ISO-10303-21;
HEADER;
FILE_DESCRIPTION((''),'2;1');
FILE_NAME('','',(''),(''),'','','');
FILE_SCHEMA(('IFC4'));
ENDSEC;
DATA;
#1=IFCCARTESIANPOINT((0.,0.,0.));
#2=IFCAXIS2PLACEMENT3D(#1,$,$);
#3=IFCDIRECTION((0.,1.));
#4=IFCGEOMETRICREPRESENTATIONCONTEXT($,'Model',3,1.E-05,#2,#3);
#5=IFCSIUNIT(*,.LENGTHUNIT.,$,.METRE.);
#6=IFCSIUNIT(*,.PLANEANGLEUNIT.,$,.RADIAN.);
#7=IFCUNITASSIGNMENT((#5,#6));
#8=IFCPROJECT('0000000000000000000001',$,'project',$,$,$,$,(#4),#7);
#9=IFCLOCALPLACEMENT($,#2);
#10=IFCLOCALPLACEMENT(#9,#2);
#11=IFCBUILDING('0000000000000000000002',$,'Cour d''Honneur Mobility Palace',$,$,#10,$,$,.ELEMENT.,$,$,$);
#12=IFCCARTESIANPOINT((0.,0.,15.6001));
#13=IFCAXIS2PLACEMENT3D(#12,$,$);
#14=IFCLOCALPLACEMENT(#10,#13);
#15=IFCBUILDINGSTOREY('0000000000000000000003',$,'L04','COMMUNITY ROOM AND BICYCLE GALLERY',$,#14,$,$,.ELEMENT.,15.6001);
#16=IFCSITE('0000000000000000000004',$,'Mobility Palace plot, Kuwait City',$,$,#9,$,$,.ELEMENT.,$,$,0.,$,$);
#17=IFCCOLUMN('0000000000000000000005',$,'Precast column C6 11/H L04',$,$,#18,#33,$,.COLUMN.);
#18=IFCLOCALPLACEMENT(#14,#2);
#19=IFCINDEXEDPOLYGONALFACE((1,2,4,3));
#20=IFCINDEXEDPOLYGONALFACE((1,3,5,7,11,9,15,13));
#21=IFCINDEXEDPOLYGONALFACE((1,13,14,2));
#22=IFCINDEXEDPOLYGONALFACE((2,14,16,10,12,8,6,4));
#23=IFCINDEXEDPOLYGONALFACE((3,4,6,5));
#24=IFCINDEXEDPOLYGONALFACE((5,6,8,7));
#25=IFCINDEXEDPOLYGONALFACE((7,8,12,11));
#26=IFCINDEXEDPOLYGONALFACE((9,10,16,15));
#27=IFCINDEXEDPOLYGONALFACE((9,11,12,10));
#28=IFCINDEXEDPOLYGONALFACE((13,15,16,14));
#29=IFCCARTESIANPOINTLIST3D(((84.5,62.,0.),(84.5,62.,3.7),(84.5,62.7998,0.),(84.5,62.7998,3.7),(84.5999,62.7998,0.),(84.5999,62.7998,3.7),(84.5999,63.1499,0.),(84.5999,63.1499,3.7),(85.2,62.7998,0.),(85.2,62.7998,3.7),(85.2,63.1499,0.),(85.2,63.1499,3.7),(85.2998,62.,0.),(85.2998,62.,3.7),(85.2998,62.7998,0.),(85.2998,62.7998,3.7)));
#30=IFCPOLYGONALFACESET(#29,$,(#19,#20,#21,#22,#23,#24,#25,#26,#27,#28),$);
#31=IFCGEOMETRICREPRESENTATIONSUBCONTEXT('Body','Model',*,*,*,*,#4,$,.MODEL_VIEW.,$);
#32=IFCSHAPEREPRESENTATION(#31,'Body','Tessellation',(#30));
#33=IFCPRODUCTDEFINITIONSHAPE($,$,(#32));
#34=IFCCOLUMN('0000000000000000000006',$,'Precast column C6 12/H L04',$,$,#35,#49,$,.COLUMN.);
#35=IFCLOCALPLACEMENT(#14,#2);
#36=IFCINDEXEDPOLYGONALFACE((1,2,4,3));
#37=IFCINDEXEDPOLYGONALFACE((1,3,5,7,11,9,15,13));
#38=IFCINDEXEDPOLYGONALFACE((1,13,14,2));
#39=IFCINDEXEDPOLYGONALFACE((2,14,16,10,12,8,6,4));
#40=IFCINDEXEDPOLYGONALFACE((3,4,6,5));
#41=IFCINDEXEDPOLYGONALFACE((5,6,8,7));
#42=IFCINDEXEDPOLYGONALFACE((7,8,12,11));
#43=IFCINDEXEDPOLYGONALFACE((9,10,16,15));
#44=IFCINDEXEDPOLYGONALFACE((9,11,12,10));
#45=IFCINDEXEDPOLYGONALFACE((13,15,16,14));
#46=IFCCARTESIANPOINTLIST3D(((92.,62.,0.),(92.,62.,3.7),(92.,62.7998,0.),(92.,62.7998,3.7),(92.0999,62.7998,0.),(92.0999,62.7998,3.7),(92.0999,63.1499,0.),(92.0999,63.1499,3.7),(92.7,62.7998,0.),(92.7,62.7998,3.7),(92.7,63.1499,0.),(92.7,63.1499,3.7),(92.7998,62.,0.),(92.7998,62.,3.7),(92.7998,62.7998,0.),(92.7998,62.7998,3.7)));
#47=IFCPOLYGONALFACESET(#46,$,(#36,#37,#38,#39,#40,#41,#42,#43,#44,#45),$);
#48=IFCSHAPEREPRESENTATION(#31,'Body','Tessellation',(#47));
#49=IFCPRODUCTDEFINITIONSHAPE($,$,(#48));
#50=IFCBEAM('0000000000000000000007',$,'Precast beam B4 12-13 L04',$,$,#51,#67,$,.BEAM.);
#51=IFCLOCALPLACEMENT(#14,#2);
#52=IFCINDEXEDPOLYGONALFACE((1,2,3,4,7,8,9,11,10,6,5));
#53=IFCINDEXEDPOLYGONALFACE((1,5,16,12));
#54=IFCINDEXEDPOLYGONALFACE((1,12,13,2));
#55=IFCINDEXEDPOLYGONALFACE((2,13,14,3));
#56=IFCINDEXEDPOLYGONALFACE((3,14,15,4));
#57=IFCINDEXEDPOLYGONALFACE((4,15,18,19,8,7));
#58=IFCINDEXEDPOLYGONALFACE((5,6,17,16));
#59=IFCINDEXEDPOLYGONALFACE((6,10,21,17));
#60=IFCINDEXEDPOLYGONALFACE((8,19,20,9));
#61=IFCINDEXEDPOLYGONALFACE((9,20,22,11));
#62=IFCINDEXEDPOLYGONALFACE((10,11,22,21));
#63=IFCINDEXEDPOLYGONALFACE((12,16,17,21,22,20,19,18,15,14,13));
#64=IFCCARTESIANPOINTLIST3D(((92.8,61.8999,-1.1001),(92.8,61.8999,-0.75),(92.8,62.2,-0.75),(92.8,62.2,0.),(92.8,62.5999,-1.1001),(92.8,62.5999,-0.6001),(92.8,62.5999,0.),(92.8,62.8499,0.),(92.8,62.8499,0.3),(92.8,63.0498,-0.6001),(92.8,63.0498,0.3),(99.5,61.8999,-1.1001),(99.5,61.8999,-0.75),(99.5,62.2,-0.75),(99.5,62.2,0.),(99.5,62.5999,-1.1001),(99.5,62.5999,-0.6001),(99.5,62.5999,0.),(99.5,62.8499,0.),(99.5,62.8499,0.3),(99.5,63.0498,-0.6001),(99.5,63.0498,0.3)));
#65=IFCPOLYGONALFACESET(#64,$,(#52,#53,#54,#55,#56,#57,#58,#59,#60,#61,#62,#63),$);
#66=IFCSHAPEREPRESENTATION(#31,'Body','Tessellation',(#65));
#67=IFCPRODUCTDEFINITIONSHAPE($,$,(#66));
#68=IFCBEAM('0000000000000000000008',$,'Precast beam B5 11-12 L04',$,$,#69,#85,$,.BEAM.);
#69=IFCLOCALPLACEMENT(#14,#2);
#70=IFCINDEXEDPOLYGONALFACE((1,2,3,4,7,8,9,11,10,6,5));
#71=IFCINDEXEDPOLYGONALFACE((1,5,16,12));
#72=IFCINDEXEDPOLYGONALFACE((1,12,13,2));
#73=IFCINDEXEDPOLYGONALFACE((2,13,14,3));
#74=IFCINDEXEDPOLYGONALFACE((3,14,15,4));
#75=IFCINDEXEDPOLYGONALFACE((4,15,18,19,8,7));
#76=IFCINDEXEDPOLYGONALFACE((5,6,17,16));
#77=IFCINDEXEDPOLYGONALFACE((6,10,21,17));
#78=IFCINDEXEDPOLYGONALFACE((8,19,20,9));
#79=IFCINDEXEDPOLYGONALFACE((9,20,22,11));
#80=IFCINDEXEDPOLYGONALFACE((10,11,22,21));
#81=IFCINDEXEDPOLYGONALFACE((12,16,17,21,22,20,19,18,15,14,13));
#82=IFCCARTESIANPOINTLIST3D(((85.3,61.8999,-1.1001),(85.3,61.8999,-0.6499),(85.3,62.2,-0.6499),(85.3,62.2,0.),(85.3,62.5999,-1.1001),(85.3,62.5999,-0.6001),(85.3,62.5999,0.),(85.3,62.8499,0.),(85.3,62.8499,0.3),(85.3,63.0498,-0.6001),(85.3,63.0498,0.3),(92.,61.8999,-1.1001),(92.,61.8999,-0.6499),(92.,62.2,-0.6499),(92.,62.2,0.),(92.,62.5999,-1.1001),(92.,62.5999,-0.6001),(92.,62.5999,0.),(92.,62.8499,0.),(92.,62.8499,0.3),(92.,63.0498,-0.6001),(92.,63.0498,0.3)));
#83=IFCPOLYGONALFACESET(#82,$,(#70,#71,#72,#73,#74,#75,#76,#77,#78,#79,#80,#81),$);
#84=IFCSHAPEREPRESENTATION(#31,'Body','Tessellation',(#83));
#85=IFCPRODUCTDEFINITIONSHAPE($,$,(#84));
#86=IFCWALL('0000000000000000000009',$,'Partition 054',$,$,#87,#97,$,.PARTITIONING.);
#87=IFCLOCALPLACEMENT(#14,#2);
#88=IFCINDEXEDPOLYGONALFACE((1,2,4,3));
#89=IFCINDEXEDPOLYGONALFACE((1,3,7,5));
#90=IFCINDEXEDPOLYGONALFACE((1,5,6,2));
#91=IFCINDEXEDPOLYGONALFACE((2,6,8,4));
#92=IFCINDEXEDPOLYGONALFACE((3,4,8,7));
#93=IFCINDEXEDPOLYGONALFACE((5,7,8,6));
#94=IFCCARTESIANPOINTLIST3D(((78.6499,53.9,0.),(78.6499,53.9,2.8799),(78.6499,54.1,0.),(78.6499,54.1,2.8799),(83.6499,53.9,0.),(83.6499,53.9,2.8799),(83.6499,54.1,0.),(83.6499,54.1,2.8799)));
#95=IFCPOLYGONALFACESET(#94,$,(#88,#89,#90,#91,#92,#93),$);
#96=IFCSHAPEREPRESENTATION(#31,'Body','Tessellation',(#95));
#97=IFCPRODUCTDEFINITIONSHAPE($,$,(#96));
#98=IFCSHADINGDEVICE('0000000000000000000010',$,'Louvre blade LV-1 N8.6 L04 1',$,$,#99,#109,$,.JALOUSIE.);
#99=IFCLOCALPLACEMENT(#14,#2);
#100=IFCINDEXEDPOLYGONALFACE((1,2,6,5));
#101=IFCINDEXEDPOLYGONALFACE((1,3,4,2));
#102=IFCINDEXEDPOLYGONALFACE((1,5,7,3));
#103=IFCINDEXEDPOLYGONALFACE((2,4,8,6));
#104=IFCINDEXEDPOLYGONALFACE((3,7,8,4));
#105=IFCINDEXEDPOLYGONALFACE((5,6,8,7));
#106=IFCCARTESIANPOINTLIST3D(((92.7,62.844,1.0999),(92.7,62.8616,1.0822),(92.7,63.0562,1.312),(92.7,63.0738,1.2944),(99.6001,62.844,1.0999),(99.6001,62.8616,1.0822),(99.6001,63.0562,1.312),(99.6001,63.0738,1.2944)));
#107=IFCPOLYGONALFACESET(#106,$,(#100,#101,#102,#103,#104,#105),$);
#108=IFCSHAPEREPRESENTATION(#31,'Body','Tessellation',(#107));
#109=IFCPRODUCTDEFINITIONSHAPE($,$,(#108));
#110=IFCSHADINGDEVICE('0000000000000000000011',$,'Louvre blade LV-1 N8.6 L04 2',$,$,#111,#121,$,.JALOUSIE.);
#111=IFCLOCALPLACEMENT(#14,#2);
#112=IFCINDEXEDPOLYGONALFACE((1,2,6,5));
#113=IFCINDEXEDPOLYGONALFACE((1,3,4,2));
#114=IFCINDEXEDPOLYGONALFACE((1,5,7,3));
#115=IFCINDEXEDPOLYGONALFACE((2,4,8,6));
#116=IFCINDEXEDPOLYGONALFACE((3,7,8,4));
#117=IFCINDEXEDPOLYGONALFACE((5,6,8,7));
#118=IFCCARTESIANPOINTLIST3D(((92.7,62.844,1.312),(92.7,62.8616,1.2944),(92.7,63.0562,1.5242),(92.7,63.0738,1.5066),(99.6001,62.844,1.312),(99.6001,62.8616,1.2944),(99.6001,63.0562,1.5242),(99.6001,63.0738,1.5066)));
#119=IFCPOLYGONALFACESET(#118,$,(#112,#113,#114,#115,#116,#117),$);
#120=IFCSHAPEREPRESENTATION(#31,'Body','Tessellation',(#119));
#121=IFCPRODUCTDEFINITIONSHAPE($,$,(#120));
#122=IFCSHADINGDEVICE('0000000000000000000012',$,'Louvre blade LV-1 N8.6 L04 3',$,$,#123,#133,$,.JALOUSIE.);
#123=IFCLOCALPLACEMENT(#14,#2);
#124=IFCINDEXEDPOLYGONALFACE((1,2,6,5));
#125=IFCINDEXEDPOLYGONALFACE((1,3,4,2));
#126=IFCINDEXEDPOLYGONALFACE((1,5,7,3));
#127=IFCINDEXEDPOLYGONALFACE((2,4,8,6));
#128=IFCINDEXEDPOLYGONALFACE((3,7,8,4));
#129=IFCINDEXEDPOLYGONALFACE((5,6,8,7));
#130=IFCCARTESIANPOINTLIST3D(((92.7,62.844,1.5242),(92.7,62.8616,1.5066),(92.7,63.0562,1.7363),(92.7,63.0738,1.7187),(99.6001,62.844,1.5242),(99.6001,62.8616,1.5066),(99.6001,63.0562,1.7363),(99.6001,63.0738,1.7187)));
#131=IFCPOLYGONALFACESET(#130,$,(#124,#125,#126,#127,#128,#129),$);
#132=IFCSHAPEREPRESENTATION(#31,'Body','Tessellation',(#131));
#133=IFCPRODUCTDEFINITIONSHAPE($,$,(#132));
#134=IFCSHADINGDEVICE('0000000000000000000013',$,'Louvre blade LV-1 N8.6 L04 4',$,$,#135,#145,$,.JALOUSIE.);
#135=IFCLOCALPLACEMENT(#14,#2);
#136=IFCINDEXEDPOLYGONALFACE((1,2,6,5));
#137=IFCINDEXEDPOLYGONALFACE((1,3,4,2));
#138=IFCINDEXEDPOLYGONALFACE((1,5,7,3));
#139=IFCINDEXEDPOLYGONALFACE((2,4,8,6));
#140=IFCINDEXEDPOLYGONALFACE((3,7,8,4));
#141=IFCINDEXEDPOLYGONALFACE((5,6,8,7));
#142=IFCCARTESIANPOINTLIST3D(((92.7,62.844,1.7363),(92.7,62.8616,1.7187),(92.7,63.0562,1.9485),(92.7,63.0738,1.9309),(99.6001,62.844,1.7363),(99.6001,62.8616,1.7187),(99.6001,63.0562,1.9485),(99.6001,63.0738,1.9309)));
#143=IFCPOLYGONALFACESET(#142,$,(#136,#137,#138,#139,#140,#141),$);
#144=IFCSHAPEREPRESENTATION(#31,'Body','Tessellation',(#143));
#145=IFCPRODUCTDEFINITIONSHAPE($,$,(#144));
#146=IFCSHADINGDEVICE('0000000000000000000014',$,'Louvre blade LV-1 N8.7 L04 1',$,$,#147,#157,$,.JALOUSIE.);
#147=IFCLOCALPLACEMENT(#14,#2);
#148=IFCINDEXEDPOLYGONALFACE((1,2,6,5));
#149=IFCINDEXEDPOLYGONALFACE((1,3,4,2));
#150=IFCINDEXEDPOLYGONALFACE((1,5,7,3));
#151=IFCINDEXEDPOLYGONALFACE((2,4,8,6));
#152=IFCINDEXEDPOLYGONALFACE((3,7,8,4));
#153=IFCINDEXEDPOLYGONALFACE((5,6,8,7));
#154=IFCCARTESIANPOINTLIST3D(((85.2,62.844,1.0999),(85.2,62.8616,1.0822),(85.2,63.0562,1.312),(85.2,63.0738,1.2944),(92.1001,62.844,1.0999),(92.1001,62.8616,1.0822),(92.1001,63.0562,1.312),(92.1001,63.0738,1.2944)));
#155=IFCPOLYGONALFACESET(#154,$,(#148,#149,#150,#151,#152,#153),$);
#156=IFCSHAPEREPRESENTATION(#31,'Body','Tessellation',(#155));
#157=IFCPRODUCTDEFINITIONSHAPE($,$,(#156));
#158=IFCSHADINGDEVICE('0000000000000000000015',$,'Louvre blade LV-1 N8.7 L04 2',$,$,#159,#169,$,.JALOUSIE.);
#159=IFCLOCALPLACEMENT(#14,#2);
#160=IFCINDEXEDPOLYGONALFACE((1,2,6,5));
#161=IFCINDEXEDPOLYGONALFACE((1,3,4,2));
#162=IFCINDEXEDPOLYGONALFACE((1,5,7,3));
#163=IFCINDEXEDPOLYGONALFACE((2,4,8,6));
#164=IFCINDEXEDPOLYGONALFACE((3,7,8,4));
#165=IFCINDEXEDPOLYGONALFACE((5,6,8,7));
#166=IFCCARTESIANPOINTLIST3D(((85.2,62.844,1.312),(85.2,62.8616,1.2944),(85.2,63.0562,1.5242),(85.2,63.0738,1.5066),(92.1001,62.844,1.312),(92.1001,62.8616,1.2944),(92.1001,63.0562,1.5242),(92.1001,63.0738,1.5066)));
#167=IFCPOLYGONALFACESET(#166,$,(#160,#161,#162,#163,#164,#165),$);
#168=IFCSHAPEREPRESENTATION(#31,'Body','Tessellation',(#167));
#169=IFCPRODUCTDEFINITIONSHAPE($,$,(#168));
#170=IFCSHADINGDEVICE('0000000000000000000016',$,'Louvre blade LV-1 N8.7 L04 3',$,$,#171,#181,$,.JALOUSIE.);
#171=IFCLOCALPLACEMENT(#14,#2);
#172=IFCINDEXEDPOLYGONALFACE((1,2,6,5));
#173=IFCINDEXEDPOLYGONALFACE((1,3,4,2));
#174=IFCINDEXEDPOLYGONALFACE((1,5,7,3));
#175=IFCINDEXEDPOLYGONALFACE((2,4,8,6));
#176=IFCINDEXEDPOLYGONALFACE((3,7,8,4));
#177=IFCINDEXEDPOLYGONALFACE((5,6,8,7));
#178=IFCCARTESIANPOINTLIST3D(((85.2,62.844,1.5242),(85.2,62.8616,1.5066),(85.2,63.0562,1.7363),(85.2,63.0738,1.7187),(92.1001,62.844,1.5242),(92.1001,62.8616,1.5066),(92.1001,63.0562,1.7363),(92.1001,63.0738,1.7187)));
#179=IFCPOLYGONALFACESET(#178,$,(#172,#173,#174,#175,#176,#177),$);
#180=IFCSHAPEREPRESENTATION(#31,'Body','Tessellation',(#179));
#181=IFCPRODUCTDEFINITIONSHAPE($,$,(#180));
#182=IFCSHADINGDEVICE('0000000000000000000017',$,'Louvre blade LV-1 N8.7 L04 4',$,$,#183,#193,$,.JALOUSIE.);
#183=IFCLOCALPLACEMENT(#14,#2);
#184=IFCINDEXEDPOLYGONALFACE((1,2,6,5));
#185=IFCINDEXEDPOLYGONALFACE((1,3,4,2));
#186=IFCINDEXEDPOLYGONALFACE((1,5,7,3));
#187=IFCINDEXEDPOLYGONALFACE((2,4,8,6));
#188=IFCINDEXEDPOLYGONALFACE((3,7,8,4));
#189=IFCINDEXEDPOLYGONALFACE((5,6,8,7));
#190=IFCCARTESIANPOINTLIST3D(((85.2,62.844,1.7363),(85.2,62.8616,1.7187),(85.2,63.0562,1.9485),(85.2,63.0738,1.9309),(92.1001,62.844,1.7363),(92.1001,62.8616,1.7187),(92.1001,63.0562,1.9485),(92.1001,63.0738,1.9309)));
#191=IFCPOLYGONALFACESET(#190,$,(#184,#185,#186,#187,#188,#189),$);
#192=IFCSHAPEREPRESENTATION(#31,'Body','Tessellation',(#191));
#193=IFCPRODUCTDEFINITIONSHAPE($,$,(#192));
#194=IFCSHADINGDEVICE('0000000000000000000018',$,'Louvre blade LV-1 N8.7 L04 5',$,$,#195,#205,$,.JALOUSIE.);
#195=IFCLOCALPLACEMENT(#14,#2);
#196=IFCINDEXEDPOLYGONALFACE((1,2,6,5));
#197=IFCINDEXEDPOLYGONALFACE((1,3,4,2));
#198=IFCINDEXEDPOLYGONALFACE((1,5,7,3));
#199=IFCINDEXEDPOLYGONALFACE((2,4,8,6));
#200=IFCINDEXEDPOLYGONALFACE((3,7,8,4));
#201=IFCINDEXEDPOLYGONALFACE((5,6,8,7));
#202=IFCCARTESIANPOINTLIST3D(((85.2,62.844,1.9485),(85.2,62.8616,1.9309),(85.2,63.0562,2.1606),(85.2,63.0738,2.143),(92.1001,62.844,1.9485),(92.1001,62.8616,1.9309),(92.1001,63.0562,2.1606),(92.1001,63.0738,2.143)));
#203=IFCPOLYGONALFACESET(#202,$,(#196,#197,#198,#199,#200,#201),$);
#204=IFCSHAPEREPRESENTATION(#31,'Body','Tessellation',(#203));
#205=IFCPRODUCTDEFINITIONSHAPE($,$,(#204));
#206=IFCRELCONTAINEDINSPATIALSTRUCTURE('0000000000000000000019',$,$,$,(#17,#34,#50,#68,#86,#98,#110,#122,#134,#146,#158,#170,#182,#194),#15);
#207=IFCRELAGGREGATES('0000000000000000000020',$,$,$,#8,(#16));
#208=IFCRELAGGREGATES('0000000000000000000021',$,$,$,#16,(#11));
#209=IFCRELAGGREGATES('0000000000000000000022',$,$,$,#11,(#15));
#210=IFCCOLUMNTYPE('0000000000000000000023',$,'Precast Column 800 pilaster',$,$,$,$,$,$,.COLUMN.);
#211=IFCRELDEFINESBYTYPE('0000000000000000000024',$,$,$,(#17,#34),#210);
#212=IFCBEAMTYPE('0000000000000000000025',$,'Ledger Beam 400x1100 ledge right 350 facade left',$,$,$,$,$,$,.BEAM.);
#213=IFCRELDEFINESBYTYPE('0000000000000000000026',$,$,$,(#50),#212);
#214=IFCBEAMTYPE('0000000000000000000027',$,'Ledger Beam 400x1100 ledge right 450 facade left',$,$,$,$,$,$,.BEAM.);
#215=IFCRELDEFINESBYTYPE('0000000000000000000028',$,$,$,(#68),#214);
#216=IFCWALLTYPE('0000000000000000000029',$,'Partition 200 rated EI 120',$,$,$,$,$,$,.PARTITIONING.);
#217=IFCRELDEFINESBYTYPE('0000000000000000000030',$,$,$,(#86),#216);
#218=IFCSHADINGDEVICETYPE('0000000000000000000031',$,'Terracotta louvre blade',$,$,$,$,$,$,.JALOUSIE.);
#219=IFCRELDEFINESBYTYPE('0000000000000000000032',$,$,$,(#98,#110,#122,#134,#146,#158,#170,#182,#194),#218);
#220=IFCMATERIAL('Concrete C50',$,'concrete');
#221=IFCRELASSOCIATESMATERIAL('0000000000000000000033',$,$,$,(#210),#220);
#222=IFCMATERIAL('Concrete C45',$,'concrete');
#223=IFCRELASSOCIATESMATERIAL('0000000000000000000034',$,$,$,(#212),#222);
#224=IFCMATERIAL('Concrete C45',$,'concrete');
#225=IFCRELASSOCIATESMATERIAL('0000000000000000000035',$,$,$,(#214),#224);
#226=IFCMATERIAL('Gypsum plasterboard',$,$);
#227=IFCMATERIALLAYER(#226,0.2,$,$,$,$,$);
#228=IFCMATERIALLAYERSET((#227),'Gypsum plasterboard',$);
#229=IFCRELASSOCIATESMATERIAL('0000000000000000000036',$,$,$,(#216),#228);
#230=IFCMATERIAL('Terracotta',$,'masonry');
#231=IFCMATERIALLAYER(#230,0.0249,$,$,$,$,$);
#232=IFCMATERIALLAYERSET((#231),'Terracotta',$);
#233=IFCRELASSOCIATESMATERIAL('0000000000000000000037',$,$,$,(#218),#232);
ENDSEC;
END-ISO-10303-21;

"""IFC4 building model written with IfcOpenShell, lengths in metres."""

from ifc_helpers import new_model, si_unit, direction, frame, frame_2d, origin, place, context, subcontext, project, spatial, polyline, rectangle, outline, extrude, material, layer, layer_set, material_profile, profile_set, type_object, element, save


model = new_model("IFC4")

# Units and contexts
model_context = context("Model", 3, precision=1e-05, world=origin(), true_north=direction((0.0, 1.0)))
body_context = subcontext(model_context, "Body", "Model", "MODEL_VIEW")
ifc_project = project(units=[si_unit("LENGTHUNIT", "METRE"), si_unit("PLANEANGLEUNIT", "RADIAN")], contexts=[model_context])

# Site, building, storey
site_placement = place(None, origin())
site = spatial("IfcSite", under=ifc_project, at=site_placement, Name="Mobility Palace plot, Kuwait City", CompositionType="ELEMENT", RefElevation=0.0)
building_placement = place(site_placement, origin())
building = spatial("IfcBuilding", under=site, at=building_placement, Name="Cour d'Honneur Mobility Palace", CompositionType="ELEMENT")
storey_placement = place(building_placement, frame((0.0, 0.0, 15.6001)))
storey = spatial("IfcBuildingStorey", under=building, at=storey_placement, Name="L04", Description="COMMUNITY ROOM AND BICYCLE GALLERY", CompositionType="ELEMENT", Elevation=15.6001)

# Columns
ifc_material_1 = material(Name="Concrete C50", Category="concrete")
ifc_material_profile_1 = material_profile(ifc_material_1, outline(polyline([(-0.3999, -0.3999), (0.3999, -0.3999), (0.3999, -0.3), (0.75, -0.3), (0.75, 0.3), (0.3999, 0.3), (0.3999, 0.3999), (-0.3999, 0.3999), (-0.3999, -0.3999)])), Name="PC C800 pilaster")
ifc_profile_set_1 = profile_set([ifc_material_profile_1], Name="Concrete C50")
column_type = type_object("IfcColumnType", Name="Precast Column 800 pilaster", PredefinedType="COLUMN", material=ifc_profile_set_1)
for number, where, z_axis, x_axis, name in (
    (1, (84.8999, 62.3999, 0.0), (0.0, 0.0, 1.0), (0.0, 1.0, 0.0), "Precast column C6 11/H L04"),
    (2, (92.3999, 62.3999, 0.0), (0.0, 0.0, 1.0), (0.0, 1.0, 0.0), "Precast column C6 12/H L04"),
):
    element("IfcColumn", number, at=place(storey_placement, frame(where, z_axis=z_axis, x_axis=x_axis)), inside=storey, type_object=column_type, Name=name, PredefinedType="COLUMN", context=body_context, shape_type="SweptSolid", body=[
        extrude(outline(polyline([(-0.3999, -0.3999), (0.3999, -0.3999), (0.3999, -0.3), (0.75, -0.3), (0.75, 0.3), (0.3999, 0.3), (0.3999, 0.3999), (-0.3999, 0.3999), (-0.3999, -0.3999)])), origin(), (0.0, 0.0, 1.0), 3.7),
    ])

# Beams
ifc_material_2 = material(Name="Concrete C45", Category="concrete")
ifc_material_profile_2 = material_profile(ifc_material_2, outline(polyline([(0.2, -1.1001), (0.2, -0.6001), (0.6499, -0.6001), (0.6499, 0.3), (0.45, 0.3), (0.45, 0.0), (0.2, 0.0), (-0.2, 0.0), (-0.2, -0.75), (-0.5, -0.75), (-0.5, -1.1001), (0.2, -1.1001)])), Name="Ledger Beam 400x1100 ledge right 350 facade left")
ifc_profile_set_2 = profile_set([ifc_material_profile_2], Name="Concrete C45")
beam_type_1 = type_object("IfcBeamType", Name="Ledger Beam 400x1100 ledge right 350 facade left", PredefinedType="BEAM", material=ifc_profile_set_2)
beam_1_placement = place(storey_placement, frame((92.8, 62.3999, 0.0), z_axis=(1.0, 0.0, 0.0), x_axis=(0.0, 1.0, 0.0)))
element("IfcBeam", 3, at=beam_1_placement, inside=storey, type_object=beam_type_1, Name="Precast beam B4 12-13 L04", PredefinedType="BEAM", context=body_context, shape_type="SweptSolid", body=[
    extrude(outline(polyline([(0.2, -1.1001), (0.2, -0.6001), (0.6499, -0.6001), (0.6499, 0.3), (0.45, 0.3), (0.45, 0.0), (0.2, 0.0), (-0.2, 0.0), (-0.2, -0.75), (-0.5, -0.75), (-0.5, -1.1001), (0.2, -1.1001)])), origin(), (0.0, 0.0, 1.0), 6.7),
])
ifc_material_3 = material(Name="Concrete C45", Category="concrete")
ifc_material_profile_3 = material_profile(ifc_material_3, outline(polyline([(0.2, -1.1001), (0.2, -0.6001), (0.6499, -0.6001), (0.6499, 0.3), (0.45, 0.3), (0.45, 0.0), (0.2, 0.0), (-0.2, 0.0), (-0.2, -0.6499), (-0.5, -0.6499), (-0.5, -1.1001), (0.2, -1.1001)])), Name="Ledger Beam 400x1100 ledge right 450 facade left")
ifc_profile_set_3 = profile_set([ifc_material_profile_3], Name="Concrete C45")
beam_type_2 = type_object("IfcBeamType", Name="Ledger Beam 400x1100 ledge right 450 facade left", PredefinedType="BEAM", material=ifc_profile_set_3)
beam_2_placement = place(storey_placement, frame((85.3, 62.3999, 0.0), z_axis=(1.0, 0.0, 0.0), x_axis=(0.0, 1.0, 0.0)))
element("IfcBeam", 4, at=beam_2_placement, inside=storey, type_object=beam_type_2, Name="Precast beam B5 11-12 L04", PredefinedType="BEAM", context=body_context, shape_type="SweptSolid", body=[
    extrude(outline(polyline([(0.2, -1.1001), (0.2, -0.6001), (0.6499, -0.6001), (0.6499, 0.3), (0.45, 0.3), (0.45, 0.0), (0.2, 0.0), (-0.2, 0.0), (-0.2, -0.6499), (-0.5, -0.6499), (-0.5, -1.1001), (0.2, -1.1001)])), origin(), (0.0, 0.0, 1.0), 6.7),
])

# Wall
ifc_material_4 = material(Name="Gypsum plasterboard")
ifc_layer_1 = layer(ifc_material_4, 0.2)
ifc_layer_set_1 = layer_set([ifc_layer_1], Name="Gypsum plasterboard")
wall_type = type_object("IfcWallType", Name="Partition 200 rated EI 120", PredefinedType="PARTITIONING", material=ifc_layer_set_1)
wall_placement = place(storey_placement, frame((83.6499, 54.0, 0.0), z_axis=(0.0, 0.0, 1.0), x_axis=(-1.0, 0.0, 0.0)))
element("IfcWall", 5, at=wall_placement, inside=storey, type_object=wall_type, Name="Partition 054", PredefinedType="PARTITIONING", context=body_context, shape_type="SweptSolid", body=[
    extrude(rectangle(XDim=5.0, YDim=0.2, at=frame_2d((2.5, 0.0))), origin(), (0.0, 0.0, 1.0), 2.8799),
])

# Shading devices
ifc_material_5 = material(Name="Terracotta", Category="masonry")
ifc_layer_2 = layer(ifc_material_5, 0.0249)
ifc_layer_set_2 = layer_set([ifc_layer_2], Name="Terracotta")
shading_device_type = type_object("IfcShadingDeviceType", Name="Terracotta louvre blade", PredefinedType="JALOUSIE", material=ifc_layer_set_2)
for number, where, z_axis, x_axis, name in (
    (6, (99.6001, 62.844, 1.0999), (0.0, -0.707107, 0.707107), (-1.0, 0.0, 0.0), "Louvre blade LV-1 N8.6 L04 1"),
    (7, (99.6001, 62.844, 1.312), (0.0, -0.707107, 0.707107), (-1.0, 0.0, 0.0), "Louvre blade LV-1 N8.6 L04 2"),
    (8, (99.6001, 62.844, 1.5242), (0.0, -0.707107, 0.707107), (-1.0, 0.0, 0.0), "Louvre blade LV-1 N8.6 L04 3"),
    (9, (99.6001, 62.844, 1.7363), (0.0, -0.707107, 0.707107), (-1.0, 0.0, 0.0), "Louvre blade LV-1 N8.6 L04 4"),
    (10, (92.1001, 62.844, 1.0999), (0.0, -0.707107, 0.707107), (-1.0, 0.0, 0.0), "Louvre blade LV-1 N8.7 L04 1"),
    (11, (92.1001, 62.844, 1.312), (0.0, -0.707107, 0.707107), (-1.0, 0.0, 0.0), "Louvre blade LV-1 N8.7 L04 2"),
    (12, (92.1001, 62.844, 1.5242), (0.0, -0.707107, 0.707107), (-1.0, 0.0, 0.0), "Louvre blade LV-1 N8.7 L04 3"),
    (13, (92.1001, 62.844, 1.7363), (0.0, -0.707107, 0.707107), (-1.0, 0.0, 0.0), "Louvre blade LV-1 N8.7 L04 4"),
    (14, (92.1001, 62.844, 1.9485), (0.0, -0.707107, 0.707107), (-1.0, 0.0, 0.0), "Louvre blade LV-1 N8.7 L04 5"),
):
    element("IfcShadingDevice", number, at=place(storey_placement, frame(where, z_axis=z_axis, x_axis=x_axis)), inside=storey, type_object=shading_device_type, Name=name, PredefinedType="JALOUSIE", context=body_context, shape_type="SweptSolid", body=[
        extrude(outline(polyline([(0.0, 0.0), (6.9001, 0.0), (6.9001, -0.3), (0.0, -0.3), (0.0, 0.0)])), origin(), (0.0, 0.0, -1.0), 0.0249),
    ])

save(model, "model.ifc")
